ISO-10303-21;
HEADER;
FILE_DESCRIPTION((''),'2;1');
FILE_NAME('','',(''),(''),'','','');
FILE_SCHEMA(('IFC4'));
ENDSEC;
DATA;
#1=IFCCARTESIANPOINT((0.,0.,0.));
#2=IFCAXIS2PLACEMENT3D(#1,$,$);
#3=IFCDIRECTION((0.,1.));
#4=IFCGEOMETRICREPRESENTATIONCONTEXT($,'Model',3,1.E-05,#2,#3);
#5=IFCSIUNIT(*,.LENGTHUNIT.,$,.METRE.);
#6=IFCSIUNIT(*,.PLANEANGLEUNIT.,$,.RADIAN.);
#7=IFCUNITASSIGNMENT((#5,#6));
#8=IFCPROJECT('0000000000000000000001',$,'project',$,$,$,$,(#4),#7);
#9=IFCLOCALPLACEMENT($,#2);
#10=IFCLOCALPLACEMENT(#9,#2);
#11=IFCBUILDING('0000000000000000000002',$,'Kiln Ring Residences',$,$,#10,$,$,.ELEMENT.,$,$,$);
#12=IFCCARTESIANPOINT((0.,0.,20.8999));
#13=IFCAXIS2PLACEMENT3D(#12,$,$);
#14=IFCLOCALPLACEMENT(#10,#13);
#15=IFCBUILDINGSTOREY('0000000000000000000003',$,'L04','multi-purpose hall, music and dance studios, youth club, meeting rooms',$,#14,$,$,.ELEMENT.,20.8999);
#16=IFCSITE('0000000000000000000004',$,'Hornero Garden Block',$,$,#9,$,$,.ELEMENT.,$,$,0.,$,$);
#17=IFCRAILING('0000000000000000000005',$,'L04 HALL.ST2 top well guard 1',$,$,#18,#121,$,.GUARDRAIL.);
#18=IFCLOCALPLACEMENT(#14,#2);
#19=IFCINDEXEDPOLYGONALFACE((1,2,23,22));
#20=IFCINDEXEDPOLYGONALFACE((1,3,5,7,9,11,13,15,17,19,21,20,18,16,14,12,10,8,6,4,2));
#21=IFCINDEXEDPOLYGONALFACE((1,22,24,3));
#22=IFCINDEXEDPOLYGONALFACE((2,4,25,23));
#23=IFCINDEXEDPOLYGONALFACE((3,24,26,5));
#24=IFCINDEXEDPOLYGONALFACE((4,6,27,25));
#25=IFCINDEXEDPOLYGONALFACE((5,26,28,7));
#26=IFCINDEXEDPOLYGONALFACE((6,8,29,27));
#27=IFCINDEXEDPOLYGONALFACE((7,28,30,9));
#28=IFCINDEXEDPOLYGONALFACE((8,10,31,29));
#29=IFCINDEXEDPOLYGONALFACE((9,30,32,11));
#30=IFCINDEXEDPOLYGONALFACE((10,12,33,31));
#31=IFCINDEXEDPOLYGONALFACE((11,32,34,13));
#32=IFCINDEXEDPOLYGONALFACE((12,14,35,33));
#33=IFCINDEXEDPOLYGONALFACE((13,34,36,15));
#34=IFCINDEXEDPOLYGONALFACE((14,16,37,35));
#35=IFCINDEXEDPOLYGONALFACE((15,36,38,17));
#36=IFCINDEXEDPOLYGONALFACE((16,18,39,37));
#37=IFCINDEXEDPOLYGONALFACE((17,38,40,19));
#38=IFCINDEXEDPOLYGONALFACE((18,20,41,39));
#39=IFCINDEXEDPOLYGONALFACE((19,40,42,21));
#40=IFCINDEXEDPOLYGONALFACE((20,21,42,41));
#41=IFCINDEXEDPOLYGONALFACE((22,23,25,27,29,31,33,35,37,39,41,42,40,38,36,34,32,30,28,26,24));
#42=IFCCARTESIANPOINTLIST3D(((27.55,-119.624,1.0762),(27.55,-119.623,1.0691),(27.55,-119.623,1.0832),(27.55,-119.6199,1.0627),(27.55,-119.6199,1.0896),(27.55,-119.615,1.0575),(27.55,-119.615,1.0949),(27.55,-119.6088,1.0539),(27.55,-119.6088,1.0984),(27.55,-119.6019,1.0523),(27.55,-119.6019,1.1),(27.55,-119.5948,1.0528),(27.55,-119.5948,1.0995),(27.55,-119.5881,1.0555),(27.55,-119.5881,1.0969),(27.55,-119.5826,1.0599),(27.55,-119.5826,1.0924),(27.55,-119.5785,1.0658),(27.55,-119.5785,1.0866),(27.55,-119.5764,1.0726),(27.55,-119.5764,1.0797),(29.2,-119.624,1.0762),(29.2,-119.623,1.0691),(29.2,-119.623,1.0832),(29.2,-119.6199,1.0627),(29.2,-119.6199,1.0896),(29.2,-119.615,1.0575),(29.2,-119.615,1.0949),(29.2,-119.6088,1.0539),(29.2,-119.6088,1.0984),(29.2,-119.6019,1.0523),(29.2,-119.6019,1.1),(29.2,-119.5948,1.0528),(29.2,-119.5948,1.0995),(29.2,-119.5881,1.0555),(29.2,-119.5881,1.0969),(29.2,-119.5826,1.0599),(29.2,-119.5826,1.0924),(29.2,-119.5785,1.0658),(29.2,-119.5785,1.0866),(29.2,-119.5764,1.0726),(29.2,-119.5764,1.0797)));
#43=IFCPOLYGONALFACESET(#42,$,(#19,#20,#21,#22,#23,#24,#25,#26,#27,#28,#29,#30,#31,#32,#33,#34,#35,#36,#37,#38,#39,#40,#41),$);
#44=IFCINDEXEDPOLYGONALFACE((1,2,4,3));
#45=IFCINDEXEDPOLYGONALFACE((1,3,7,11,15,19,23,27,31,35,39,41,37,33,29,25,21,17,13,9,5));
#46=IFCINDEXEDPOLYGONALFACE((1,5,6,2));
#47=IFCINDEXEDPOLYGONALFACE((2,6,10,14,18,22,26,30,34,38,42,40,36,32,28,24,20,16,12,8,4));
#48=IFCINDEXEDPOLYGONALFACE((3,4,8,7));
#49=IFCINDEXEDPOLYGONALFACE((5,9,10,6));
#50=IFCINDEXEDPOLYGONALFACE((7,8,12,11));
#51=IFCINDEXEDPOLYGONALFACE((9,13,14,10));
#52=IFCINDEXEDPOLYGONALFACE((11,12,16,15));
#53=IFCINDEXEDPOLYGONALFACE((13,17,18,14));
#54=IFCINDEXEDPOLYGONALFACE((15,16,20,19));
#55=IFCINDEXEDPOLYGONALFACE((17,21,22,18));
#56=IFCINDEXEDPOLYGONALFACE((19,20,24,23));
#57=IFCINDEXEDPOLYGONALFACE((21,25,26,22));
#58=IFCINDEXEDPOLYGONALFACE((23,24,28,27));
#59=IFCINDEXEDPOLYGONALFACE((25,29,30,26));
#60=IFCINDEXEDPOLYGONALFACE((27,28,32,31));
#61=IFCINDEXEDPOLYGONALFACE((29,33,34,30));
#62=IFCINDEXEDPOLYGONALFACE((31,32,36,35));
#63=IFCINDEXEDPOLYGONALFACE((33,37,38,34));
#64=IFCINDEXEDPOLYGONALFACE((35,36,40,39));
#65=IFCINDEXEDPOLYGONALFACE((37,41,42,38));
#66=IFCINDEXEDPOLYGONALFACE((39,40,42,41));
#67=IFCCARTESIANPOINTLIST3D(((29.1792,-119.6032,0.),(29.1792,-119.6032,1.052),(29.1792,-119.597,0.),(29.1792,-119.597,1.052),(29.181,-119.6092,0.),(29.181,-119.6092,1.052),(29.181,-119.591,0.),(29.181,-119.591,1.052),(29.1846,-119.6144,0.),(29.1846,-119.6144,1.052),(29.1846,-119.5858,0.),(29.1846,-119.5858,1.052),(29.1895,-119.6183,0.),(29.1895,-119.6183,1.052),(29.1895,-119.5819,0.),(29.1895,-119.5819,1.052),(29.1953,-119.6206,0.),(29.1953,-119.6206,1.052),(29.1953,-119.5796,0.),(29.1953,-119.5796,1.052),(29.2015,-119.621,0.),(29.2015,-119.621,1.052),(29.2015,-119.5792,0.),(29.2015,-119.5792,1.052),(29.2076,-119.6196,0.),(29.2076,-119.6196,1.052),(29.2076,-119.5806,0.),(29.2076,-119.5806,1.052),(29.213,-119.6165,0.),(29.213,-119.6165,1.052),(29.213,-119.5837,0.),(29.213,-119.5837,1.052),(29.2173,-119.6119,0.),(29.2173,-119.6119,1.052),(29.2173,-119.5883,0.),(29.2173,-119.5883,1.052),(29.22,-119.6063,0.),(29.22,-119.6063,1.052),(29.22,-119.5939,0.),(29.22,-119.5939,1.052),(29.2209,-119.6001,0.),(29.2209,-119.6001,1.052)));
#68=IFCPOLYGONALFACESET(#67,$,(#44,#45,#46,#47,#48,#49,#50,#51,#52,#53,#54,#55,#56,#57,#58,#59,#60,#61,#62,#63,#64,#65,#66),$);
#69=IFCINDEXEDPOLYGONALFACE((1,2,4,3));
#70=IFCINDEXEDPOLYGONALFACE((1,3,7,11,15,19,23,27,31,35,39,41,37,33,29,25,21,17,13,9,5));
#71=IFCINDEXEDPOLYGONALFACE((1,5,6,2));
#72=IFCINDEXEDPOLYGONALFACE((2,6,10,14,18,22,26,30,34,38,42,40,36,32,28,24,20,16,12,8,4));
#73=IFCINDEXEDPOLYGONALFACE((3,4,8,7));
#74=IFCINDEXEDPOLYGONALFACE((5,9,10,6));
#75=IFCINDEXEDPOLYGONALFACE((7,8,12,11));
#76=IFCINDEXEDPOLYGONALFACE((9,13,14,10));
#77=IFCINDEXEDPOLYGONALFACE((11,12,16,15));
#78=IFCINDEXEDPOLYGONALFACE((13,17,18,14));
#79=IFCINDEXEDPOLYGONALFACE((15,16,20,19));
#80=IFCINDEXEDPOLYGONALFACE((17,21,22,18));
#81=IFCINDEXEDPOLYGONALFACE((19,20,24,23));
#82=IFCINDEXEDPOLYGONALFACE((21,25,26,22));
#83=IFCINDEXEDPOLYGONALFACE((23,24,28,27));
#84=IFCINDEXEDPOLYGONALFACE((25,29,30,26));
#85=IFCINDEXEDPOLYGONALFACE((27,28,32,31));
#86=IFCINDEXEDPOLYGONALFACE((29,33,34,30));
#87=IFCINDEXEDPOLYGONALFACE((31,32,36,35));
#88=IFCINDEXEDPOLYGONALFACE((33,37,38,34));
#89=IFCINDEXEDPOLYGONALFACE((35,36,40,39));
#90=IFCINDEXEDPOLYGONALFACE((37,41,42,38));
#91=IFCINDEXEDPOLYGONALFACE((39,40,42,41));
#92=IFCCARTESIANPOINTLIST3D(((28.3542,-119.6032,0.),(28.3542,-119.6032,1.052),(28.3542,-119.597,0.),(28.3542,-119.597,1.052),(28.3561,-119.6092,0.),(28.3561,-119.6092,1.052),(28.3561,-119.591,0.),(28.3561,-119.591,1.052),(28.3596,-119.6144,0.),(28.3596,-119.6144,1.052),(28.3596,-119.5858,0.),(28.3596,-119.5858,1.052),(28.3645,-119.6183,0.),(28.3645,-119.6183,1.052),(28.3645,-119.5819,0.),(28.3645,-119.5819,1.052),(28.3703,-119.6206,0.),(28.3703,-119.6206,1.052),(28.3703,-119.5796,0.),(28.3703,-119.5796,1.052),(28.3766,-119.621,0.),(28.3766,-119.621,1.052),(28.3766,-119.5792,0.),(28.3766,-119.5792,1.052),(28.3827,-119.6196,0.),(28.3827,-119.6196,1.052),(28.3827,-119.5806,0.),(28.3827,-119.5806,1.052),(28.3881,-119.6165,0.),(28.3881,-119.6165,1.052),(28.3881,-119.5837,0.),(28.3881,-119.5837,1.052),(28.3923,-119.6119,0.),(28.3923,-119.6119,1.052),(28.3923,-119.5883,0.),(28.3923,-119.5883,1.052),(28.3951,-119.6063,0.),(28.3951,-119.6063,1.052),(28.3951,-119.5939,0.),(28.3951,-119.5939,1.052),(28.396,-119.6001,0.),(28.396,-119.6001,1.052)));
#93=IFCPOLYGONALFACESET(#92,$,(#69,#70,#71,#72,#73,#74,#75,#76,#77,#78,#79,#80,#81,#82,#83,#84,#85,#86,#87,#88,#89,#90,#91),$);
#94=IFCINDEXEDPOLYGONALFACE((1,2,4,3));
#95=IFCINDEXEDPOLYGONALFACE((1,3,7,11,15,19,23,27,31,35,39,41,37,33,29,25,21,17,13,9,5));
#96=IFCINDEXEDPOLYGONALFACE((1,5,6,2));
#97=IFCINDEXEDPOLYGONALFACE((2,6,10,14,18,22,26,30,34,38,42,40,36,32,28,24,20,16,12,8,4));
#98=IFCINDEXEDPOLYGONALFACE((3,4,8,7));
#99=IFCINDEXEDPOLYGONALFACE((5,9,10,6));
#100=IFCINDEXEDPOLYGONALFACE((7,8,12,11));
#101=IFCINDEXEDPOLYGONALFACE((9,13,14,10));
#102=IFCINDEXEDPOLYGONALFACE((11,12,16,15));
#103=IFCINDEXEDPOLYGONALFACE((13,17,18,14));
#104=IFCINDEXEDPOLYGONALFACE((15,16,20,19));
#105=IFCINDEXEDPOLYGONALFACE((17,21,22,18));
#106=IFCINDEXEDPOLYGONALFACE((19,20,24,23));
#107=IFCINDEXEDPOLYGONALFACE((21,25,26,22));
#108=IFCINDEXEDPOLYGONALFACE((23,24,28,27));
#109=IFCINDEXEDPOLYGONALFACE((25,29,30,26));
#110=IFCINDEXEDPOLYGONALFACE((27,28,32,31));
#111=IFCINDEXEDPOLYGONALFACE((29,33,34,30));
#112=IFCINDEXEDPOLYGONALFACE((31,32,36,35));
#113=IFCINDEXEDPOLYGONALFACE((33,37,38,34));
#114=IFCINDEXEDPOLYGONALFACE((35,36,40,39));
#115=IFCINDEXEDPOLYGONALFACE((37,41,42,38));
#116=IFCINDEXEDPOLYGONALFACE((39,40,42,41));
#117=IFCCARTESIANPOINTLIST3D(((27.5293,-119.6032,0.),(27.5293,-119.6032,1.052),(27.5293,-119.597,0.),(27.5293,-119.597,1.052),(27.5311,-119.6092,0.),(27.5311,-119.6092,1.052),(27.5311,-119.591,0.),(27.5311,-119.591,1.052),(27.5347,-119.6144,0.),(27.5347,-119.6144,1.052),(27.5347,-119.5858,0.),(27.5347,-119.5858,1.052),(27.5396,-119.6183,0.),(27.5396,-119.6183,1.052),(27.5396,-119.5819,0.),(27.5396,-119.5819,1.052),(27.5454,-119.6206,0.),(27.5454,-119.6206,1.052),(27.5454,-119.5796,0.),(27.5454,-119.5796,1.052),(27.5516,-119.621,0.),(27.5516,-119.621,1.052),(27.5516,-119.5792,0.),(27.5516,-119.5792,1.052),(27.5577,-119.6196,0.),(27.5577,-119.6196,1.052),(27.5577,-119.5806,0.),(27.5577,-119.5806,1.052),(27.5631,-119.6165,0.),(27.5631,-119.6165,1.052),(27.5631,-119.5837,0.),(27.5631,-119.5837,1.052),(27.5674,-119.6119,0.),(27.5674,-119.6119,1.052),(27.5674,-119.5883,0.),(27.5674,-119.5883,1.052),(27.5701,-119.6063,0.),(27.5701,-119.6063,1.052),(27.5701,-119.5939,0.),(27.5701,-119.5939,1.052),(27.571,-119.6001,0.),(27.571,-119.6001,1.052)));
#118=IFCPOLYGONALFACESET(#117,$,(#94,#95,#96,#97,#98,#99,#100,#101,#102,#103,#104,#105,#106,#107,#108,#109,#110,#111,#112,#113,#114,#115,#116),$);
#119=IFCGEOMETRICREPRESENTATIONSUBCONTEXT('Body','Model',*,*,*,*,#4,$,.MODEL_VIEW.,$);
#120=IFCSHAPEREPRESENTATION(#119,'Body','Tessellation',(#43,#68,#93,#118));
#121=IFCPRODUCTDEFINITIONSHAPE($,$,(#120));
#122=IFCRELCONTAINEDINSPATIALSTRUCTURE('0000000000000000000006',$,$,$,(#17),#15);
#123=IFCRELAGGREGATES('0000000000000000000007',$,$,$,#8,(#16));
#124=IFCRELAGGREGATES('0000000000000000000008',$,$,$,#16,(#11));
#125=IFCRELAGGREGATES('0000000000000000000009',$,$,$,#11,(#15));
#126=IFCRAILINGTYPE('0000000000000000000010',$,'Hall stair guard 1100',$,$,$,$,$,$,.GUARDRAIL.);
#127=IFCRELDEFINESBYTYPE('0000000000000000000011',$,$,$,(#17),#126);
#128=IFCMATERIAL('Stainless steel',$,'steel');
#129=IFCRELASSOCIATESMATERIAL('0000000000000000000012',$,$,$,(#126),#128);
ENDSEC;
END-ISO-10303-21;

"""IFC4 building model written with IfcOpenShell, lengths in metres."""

from ifc_helpers import new_model, si_unit, direction, frame, origin, origin_2d, place, context, subcontext, project, spatial, circle, extrude, material, type_object, element, save


model = new_model("IFC4")

# Units and contexts
model_context = context("Model", 3, precision=1e-05, world=origin(), true_north=direction((0.0, 1.0)))
body_context = subcontext(model_context, "Body", "Model", "MODEL_VIEW")
ifc_project = project(units=[si_unit("LENGTHUNIT", "METRE"), si_unit("PLANEANGLEUNIT", "RADIAN")], contexts=[model_context])

# Site, building, storey
site_placement = place(None, origin())
site = spatial("IfcSite", under=ifc_project, at=site_placement, Name="Hornero Garden Block", CompositionType="ELEMENT", RefElevation=0.0)
building_placement = place(site_placement, origin())
building = spatial("IfcBuilding", under=site, at=building_placement, Name="Kiln Ring Residences", CompositionType="ELEMENT")
storey_placement = place(building_placement, frame((0.0, 0.0, 20.8999)))
storey = spatial("IfcBuildingStorey", under=building, at=storey_placement, Name="L04", Description="multi-purpose hall, music and dance studios, youth club, meeting rooms", CompositionType="ELEMENT", Elevation=20.8999)

# Railing
ifc_material_1 = material(Name="Stainless steel", Category="steel")
railing_type = type_object("IfcRailingType", Name="Hall stair guard 1100", PredefinedType="GUARDRAIL", material=ifc_material_1)
railing_placement = place(storey_placement, frame((29.2, -119.6001, 0.0)))
element("IfcRailing", 1, at=railing_placement, inside=storey, type_object=railing_type, Name="L04 HALL.ST2 top well guard 1", PredefinedType="GUARDRAIL", context=body_context, shape_type="SweptSolid", body=[
    extrude(circle(Radius=0.0239, at=origin_2d()), frame((0.0, 0.0, 1.0762), z_axis=(-1.0, 0.0, 0.0), x_axis=(0.0, -1.0, 0.0)), (0.0, 0.0, 1.0), 1.6499),
    extrude(circle(Radius=0.021, at=origin_2d()), origin(), (0.0, 0.0, 1.0), 1.052),
    extrude(circle(Radius=0.021, at=origin_2d()), frame((-0.825, 0.0, 0.0)), (0.0, 0.0, 1.0), 1.052),
    extrude(circle(Radius=0.021, at=origin_2d()), frame((-1.6499, 0.0, 0.0)), (0.0, 0.0, 1.0), 1.052),
])

save(model, "model.ifc")
